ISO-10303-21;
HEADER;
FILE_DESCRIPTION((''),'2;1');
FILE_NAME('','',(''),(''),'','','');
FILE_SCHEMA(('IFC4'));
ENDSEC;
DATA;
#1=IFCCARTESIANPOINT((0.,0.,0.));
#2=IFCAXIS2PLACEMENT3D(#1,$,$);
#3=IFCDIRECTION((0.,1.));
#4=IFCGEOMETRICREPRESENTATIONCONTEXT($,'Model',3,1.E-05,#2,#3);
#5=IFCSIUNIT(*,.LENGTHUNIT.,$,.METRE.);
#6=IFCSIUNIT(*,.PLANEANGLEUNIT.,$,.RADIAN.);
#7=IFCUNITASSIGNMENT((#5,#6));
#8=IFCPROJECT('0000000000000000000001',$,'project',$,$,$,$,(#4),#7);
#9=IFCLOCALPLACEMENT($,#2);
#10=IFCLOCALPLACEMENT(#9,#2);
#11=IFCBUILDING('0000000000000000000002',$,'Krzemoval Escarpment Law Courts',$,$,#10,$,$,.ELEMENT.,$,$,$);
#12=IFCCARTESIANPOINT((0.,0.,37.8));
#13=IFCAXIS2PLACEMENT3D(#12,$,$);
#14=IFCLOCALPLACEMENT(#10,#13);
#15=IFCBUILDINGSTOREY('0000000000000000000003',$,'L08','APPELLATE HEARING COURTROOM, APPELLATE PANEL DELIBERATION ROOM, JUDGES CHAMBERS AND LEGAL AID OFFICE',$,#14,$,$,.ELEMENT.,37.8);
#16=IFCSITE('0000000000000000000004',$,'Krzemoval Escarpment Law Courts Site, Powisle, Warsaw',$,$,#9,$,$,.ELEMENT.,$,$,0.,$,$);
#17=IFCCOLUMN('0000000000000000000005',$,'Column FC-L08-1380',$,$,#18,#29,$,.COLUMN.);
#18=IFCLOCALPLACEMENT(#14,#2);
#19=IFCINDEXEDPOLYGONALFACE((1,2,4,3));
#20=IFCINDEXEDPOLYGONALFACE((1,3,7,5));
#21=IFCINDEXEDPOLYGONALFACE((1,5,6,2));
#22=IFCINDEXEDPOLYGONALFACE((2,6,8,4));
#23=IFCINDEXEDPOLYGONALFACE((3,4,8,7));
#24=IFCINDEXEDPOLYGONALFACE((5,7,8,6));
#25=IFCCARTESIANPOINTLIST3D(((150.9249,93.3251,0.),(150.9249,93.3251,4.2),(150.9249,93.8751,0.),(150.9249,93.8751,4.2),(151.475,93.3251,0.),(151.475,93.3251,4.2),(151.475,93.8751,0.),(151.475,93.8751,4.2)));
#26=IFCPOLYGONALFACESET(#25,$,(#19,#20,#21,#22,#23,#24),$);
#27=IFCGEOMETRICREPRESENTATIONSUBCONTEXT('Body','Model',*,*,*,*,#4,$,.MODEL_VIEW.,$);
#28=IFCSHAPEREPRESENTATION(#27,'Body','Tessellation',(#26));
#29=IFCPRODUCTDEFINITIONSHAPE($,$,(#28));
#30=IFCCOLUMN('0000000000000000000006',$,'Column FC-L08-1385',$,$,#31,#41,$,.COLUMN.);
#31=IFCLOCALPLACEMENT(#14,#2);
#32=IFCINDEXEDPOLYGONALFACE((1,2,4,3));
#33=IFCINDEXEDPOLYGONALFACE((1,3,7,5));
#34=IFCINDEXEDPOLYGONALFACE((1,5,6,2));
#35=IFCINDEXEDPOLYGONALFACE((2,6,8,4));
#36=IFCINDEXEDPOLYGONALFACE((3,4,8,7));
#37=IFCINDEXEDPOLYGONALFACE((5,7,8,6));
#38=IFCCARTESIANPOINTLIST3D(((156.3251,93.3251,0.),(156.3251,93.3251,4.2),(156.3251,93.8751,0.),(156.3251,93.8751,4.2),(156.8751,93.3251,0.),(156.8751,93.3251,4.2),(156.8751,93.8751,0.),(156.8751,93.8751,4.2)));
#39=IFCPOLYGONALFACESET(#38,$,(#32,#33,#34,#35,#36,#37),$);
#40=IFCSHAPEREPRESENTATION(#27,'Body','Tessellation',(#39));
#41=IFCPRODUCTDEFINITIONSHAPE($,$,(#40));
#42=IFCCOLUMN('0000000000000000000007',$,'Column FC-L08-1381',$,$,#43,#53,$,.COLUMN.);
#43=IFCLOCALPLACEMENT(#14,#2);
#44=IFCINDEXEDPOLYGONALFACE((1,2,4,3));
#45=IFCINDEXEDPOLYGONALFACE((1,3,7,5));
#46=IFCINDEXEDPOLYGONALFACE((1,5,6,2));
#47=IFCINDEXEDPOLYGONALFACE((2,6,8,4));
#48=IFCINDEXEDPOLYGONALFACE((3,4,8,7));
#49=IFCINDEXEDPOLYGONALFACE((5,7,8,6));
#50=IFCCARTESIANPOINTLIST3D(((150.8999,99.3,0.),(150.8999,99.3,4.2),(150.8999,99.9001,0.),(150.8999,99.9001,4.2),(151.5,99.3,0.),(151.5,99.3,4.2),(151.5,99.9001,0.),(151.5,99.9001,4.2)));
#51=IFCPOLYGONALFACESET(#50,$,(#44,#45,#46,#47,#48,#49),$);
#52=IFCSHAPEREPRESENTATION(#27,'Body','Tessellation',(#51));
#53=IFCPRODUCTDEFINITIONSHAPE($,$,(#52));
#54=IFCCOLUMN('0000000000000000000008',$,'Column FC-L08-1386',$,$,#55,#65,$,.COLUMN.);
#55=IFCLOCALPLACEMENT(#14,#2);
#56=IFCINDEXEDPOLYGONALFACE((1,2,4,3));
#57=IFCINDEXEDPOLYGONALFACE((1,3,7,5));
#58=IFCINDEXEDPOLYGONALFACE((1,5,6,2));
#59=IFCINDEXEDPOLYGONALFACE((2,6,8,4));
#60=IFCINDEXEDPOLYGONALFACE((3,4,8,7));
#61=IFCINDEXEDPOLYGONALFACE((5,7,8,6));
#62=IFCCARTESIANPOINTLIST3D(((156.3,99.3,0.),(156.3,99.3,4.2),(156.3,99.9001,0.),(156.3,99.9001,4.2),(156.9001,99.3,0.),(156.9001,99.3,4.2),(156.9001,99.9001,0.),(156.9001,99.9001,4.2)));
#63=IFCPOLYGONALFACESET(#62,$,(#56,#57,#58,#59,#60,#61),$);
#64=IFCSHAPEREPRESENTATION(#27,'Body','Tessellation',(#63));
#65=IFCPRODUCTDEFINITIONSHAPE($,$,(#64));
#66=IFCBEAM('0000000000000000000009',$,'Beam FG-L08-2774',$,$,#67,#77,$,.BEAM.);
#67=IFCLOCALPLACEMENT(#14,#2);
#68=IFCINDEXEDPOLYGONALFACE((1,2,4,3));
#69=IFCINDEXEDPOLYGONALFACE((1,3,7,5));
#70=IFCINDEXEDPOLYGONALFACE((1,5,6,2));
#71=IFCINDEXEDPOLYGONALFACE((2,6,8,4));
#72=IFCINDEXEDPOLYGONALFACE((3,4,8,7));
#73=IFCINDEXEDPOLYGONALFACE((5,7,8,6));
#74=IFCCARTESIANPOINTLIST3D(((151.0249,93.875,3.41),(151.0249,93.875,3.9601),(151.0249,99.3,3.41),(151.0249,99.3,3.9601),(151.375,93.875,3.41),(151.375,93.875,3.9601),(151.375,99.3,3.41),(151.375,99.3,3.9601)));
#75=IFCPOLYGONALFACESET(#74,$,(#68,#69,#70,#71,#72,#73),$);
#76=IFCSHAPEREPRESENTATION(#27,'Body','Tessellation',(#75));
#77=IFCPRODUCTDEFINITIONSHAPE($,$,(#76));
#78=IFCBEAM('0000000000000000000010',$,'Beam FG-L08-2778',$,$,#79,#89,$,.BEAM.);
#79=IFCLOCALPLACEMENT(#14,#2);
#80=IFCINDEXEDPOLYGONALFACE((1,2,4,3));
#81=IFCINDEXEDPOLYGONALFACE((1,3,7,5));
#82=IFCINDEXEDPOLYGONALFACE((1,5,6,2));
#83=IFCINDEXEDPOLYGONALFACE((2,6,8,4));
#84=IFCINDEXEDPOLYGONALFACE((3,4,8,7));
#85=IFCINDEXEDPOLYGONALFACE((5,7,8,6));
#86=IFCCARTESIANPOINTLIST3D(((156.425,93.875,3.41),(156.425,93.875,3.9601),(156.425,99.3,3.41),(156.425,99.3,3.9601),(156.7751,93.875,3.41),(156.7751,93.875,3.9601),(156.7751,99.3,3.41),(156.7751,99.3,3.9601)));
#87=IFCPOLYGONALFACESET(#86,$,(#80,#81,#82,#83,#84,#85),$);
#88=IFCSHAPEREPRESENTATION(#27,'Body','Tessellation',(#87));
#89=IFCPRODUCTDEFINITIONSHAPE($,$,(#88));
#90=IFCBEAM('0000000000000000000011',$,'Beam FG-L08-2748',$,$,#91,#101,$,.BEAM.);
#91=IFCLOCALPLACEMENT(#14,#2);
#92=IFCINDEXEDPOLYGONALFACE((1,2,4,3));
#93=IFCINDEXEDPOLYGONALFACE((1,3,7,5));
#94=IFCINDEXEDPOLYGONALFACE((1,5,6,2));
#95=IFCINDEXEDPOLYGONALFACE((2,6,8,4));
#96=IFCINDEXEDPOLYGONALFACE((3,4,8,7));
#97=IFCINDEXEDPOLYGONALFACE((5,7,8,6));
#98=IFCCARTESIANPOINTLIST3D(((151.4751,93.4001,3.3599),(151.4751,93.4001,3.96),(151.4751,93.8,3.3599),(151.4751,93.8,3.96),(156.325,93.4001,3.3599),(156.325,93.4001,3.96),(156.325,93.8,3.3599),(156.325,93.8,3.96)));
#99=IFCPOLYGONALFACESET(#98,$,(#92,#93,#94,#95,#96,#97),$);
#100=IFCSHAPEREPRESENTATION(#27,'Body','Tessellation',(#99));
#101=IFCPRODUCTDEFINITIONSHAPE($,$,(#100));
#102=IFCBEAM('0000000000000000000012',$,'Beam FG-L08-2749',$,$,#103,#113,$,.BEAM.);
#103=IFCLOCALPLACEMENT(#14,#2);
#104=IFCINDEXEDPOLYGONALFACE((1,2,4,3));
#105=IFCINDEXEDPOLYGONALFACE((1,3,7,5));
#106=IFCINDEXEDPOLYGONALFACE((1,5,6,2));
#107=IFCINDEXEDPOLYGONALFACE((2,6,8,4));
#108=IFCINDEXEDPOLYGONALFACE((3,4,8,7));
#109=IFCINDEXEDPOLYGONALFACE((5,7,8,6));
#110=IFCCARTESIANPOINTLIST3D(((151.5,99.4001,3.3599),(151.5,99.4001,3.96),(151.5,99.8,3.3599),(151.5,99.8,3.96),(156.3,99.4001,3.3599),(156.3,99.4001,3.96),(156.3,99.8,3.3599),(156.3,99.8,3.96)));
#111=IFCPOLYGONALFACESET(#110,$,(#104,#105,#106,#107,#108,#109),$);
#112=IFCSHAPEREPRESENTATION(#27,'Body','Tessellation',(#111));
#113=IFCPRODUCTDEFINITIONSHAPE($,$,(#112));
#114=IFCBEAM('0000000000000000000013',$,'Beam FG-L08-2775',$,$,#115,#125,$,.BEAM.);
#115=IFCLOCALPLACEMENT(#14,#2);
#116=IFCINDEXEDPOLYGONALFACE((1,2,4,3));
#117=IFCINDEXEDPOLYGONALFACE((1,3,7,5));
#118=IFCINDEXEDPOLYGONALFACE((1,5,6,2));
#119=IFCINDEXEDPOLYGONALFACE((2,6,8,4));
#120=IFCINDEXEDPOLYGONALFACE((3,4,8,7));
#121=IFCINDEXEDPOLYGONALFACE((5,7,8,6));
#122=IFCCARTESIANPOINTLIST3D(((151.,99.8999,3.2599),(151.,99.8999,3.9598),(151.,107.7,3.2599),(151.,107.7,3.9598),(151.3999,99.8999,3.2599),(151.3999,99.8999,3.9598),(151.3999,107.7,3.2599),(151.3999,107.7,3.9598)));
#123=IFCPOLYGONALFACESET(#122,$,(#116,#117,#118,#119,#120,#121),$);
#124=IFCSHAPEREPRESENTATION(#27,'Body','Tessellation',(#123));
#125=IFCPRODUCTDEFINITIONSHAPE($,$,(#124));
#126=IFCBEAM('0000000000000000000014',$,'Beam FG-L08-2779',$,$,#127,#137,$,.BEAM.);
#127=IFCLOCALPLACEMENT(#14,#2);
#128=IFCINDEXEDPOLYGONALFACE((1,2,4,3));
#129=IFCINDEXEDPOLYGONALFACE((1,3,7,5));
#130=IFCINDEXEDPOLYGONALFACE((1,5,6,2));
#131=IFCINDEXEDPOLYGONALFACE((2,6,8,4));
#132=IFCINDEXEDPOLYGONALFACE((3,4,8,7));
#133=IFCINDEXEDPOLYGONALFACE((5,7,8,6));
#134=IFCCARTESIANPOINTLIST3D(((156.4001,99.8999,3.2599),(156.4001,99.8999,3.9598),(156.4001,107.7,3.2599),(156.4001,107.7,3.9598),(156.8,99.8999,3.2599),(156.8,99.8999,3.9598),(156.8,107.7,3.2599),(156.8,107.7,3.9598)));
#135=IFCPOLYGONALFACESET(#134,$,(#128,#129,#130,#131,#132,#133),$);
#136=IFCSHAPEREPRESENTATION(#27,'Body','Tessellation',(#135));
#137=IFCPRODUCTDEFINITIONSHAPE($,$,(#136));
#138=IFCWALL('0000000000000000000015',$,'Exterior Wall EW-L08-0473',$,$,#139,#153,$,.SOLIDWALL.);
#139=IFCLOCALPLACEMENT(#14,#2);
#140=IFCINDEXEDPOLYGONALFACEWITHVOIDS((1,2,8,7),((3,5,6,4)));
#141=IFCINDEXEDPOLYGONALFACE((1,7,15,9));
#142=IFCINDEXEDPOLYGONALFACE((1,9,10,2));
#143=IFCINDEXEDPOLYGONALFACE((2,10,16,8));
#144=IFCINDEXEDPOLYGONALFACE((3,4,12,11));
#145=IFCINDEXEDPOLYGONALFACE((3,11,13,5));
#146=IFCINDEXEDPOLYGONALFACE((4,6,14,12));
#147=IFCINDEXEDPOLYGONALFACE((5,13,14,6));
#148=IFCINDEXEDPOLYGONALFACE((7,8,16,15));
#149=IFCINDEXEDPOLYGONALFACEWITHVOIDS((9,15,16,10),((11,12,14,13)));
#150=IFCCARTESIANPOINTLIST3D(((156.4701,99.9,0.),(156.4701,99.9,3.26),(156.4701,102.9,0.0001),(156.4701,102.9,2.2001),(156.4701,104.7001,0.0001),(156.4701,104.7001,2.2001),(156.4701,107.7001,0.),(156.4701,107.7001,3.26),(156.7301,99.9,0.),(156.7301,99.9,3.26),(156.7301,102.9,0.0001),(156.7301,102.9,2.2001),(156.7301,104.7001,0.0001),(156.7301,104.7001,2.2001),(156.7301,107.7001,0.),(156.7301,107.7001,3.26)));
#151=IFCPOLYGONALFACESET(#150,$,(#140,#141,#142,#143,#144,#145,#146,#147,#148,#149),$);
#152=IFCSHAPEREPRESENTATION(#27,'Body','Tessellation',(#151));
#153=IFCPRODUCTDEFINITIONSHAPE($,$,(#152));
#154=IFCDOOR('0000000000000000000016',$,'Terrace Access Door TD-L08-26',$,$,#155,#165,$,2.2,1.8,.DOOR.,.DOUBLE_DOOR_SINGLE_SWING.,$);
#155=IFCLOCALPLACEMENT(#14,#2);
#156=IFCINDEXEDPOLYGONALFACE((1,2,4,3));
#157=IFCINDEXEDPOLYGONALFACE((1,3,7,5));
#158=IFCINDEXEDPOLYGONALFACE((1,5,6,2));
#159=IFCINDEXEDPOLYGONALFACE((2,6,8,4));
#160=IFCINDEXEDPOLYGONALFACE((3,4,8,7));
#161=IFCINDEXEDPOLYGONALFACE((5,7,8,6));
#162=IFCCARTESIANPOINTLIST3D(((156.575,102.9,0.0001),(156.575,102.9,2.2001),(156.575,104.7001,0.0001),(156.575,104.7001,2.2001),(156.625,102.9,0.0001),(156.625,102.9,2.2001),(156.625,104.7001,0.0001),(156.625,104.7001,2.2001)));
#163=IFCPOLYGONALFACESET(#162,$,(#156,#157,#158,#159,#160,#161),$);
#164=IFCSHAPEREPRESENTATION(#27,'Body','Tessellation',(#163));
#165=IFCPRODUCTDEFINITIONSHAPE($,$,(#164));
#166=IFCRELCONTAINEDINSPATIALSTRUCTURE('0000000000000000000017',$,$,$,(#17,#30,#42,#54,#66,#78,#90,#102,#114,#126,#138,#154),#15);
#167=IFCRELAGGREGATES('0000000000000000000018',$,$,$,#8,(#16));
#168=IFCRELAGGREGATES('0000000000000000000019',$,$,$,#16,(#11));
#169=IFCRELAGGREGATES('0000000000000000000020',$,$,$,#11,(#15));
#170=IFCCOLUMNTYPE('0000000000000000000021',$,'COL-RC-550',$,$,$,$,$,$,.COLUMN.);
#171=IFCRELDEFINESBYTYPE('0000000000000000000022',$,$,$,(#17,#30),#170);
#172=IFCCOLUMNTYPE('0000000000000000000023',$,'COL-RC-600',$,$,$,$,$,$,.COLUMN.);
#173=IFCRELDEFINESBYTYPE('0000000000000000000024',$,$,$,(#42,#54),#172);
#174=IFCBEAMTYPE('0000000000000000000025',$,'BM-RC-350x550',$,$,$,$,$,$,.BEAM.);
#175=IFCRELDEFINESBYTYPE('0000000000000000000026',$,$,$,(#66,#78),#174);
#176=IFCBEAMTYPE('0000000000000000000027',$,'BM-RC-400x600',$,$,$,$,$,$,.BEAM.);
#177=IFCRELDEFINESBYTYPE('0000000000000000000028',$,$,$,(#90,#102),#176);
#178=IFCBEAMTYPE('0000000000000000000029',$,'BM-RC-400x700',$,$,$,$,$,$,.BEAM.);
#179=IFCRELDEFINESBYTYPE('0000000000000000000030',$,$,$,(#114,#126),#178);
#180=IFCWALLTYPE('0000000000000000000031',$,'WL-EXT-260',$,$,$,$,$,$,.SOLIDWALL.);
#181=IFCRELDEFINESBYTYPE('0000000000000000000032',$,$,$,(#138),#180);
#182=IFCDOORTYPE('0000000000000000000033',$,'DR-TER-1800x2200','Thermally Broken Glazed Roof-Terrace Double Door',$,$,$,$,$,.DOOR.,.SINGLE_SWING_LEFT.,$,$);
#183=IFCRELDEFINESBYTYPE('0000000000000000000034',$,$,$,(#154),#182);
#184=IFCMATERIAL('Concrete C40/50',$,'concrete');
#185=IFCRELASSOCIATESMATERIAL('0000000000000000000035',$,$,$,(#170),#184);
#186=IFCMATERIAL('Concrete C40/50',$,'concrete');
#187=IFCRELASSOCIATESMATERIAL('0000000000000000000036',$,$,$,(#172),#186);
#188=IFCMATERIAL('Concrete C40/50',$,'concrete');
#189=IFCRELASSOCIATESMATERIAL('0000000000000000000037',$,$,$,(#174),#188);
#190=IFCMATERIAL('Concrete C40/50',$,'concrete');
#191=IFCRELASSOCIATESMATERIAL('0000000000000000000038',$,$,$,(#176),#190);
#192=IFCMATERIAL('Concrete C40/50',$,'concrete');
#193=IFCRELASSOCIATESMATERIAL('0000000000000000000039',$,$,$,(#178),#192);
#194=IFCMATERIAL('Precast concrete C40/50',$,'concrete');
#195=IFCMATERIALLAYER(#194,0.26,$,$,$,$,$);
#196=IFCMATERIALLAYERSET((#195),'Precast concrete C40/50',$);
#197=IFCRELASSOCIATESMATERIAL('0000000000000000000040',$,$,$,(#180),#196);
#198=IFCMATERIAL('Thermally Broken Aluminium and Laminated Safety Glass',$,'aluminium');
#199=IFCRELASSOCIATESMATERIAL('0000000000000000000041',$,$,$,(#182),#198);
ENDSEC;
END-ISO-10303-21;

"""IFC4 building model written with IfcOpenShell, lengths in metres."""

from ifc_helpers import new_model, si_unit, direction, frame, frame_2d, origin, origin_2d, place, context, subcontext, project, spatial, rectangle, extrude, material, layer, layer_set, material_profile, profile_set, type_object, element, fill, save


model = new_model("IFC4")

# Units and contexts
model_context = context("Model", 3, precision=1e-05, world=origin(), true_north=direction((0.0, 1.0)))
body_context = subcontext(model_context, "Body", "Model", "MODEL_VIEW")
ifc_project = project(units=[si_unit("LENGTHUNIT", "METRE"), si_unit("PLANEANGLEUNIT", "RADIAN")], contexts=[model_context])

# Site, building, storey
site_placement = place(None, origin())
site = spatial("IfcSite", under=ifc_project, at=site_placement, Name="Krzemoval Escarpment Law Courts Site, Powisle, Warsaw", CompositionType="ELEMENT", RefElevation=0.0)
building_placement = place(site_placement, origin())
building = spatial("IfcBuilding", under=site, at=building_placement, Name="Krzemoval Escarpment Law Courts", CompositionType="ELEMENT")
storey_placement = place(building_placement, frame((0.0, 0.0, 37.8)))
storey = spatial("IfcBuildingStorey", under=building, at=storey_placement, Name="L08", Description="APPELLATE HEARING COURTROOM, APPELLATE PANEL DELIBERATION ROOM, JUDGES CHAMBERS AND LEGAL AID OFFICE", CompositionType="ELEMENT", Elevation=37.8)

# Columns
ifc_material_1 = material(Name="Concrete C40/50", Category="concrete")
ifc_material_profile_1 = material_profile(ifc_material_1, rectangle(XDim=0.55, YDim=0.55, at=origin_2d()), Name="RC 550x550")
ifc_profile_set_1 = profile_set([ifc_material_profile_1], Name="Concrete C40/50")
column_type_1 = type_object("IfcColumnType", Name="COL-RC-550", PredefinedType="COLUMN", material=ifc_profile_set_1)
for number, where, z_axis, x_axis, name in (
    (1, (151.2, 93.6001, 0.0), (0.0, 0.0, 1.0), (1.0, 0.0, 0.0), "Column FC-L08-1380"),
    (2, (156.6001, 93.6001, 0.0), (0.0, 0.0, 1.0), (1.0, 0.0, 0.0), "Column FC-L08-1385"),
):
    element("IfcColumn", number, at=place(storey_placement, frame(where, z_axis=z_axis, x_axis=x_axis)), inside=storey, type_object=column_type_1, Name=name, PredefinedType="COLUMN", context=body_context, shape_type="SweptSolid", body=[
        extrude(rectangle(XDim=0.55, YDim=0.55, at=origin_2d()), origin(), (0.0, 0.0, 1.0), 4.2),
    ])
ifc_material_2 = material(Name="Concrete C40/50", Category="concrete")
ifc_material_profile_2 = material_profile(ifc_material_2, rectangle(XDim=0.6001, YDim=0.6001, at=origin_2d()), Name="RC 600x600")
ifc_profile_set_2 = profile_set([ifc_material_profile_2], Name="Concrete C40/50")
column_type_2 = type_object("IfcColumnType", Name="COL-RC-600", PredefinedType="COLUMN", material=ifc_profile_set_2)
for number, where, z_axis, x_axis, name in (
    (3, (151.2, 99.6001, 0.0), (0.0, 0.0, 1.0), (1.0, 0.0, 0.0), "Column FC-L08-1381"),
    (4, (156.6001, 99.6001, 0.0), (0.0, 0.0, 1.0), (1.0, 0.0, 0.0), "Column FC-L08-1386"),
):
    element("IfcColumn", number, at=place(storey_placement, frame(where, z_axis=z_axis, x_axis=x_axis)), inside=storey, type_object=column_type_2, Name=name, PredefinedType="COLUMN", context=body_context, shape_type="SweptSolid", body=[
        extrude(rectangle(XDim=0.6001, YDim=0.6001, at=origin_2d()), origin(), (0.0, 0.0, 1.0), 4.2),
    ])

# Beams
ifc_material_3 = material(Name="Concrete C40/50", Category="concrete")
ifc_material_profile_3 = material_profile(ifc_material_3, rectangle(XDim=0.3501, YDim=0.55, at=origin_2d()), Name="RCB 350x550")
ifc_profile_set_3 = profile_set([ifc_material_profile_3], Name="Concrete C40/50")
beam_type_1 = type_object("IfcBeamType", Name="BM-RC-350x550", PredefinedType="BEAM", material=ifc_profile_set_3)
for number, where, z_axis, x_axis, name in (
    (5, (151.2, 93.875, 3.6851), (0.0, 1.0, 0.0), (-1.0, 0.0, 0.0), "Beam FG-L08-2774"),
    (6, (156.6001, 93.875, 3.6851), (0.0, 1.0, 0.0), (-1.0, 0.0, 0.0), "Beam FG-L08-2778"),
):
    element("IfcBeam", number, at=place(storey_placement, frame(where, z_axis=z_axis, x_axis=x_axis)), inside=storey, type_object=beam_type_1, Name=name, PredefinedType="BEAM", context=body_context, shape_type="SweptSolid", body=[
        extrude(rectangle(XDim=0.3501, YDim=0.55, at=origin_2d()), origin(), (0.0, 0.0, 1.0), 5.425),
    ])
ifc_material_4 = material(Name="Concrete C40/50", Category="concrete")
ifc_material_profile_4 = material_profile(ifc_material_4, rectangle(XDim=0.3999, YDim=0.6001, at=origin_2d()), Name="RCB 400x600")
ifc_profile_set_4 = profile_set([ifc_material_profile_4], Name="Concrete C40/50")
beam_type_2 = type_object("IfcBeamType", Name="BM-RC-400x600", PredefinedType="BEAM", material=ifc_profile_set_4)
beam_1_placement = place(storey_placement, frame((151.4751, 93.6001, 3.6599), z_axis=(1.0, 0.0, 0.0), x_axis=(0.0, 1.0, 0.0)))
element("IfcBeam", 7, at=beam_1_placement, inside=storey, type_object=beam_type_2, Name="Beam FG-L08-2748", PredefinedType="BEAM", context=body_context, shape_type="SweptSolid", body=[
    extrude(rectangle(XDim=0.3999, YDim=0.6001, at=origin_2d()), origin(), (0.0, 0.0, 1.0), 4.8499),
])
beam_2_placement = place(storey_placement, frame((151.5, 99.6001, 3.6599), z_axis=(1.0, 0.0, 0.0), x_axis=(0.0, 1.0, 0.0)))
element("IfcBeam", 8, at=beam_2_placement, inside=storey, type_object=beam_type_2, Name="Beam FG-L08-2749", PredefinedType="BEAM", context=body_context, shape_type="SweptSolid", body=[
    extrude(rectangle(XDim=0.3999, YDim=0.6001, at=origin_2d()), origin(), (0.0, 0.0, 1.0), 4.8),
])
ifc_material_5 = material(Name="Concrete C40/50", Category="concrete")
ifc_material_profile_5 = material_profile(ifc_material_5, rectangle(XDim=0.3999, YDim=0.7, at=origin_2d()), Name="RCB 400x700")
ifc_profile_set_5 = profile_set([ifc_material_profile_5], Name="Concrete C40/50")
beam_type_3 = type_object("IfcBeamType", Name="BM-RC-400x700", PredefinedType="BEAM", material=ifc_profile_set_5)
for number, where, z_axis, x_axis, name in (
    (9, (151.2, 99.8999, 3.6099), (0.0, 1.0, 0.0), (-1.0, 0.0, 0.0), "Beam FG-L08-2775"),
    (10, (156.6001, 99.8999, 3.6099), (0.0, 1.0, 0.0), (-1.0, 0.0, 0.0), "Beam FG-L08-2779"),
):
    element("IfcBeam", number, at=place(storey_placement, frame(where, z_axis=z_axis, x_axis=x_axis)), inside=storey, type_object=beam_type_3, Name=name, PredefinedType="BEAM", context=body_context, shape_type="SweptSolid", body=[
        extrude(rectangle(XDim=0.3999, YDim=0.7, at=origin_2d()), origin(), (0.0, 0.0, 1.0), 7.8),
    ])

# Wall, opening, door
ifc_material_6 = material(Name="Precast concrete C40/50", Category="concrete")
ifc_layer_1 = layer(ifc_material_6, 0.26)
ifc_layer_set_1 = layer_set([ifc_layer_1], Name="Precast concrete C40/50")
wall_type_1 = type_object("IfcWallType", Name="WL-EXT-260", PredefinedType="SOLIDWALL", material=ifc_layer_set_1)
wall_1_placement = place(storey_placement, frame((156.6001, 107.7, 0.0), z_axis=(0.0, 0.0, 1.0), x_axis=(0.0, -1.0, 0.0)))
wall_1 = element("IfcWall", 11, at=wall_1_placement, inside=storey, type_object=wall_type_1, Name="Exterior Wall EW-L08-0473", PredefinedType="SOLIDWALL", context=body_context, shape_type="SweptSolid", body=[
    extrude(rectangle(XDim=7.8, YDim=0.26, at=frame_2d((3.8999, 0.0))), origin(), (0.0, 0.0, 1.0), 3.26),
])
opening_1_placement = place(wall_1_placement, frame((3.0, 0.0, 0.0)))
opening_1 = element("IfcOpeningElement", 12, at=opening_1_placement, cuts=wall_1, PredefinedType="OPENING", context=body_context, shape_type="SweptSolid", body=[
    extrude(rectangle(XDim=1.8, YDim=2.2, at=frame_2d((0.8999, 1.1001))), frame((0.0, 0.145, 0.0), z_axis=(0.0, -1.0, 0.0), x_axis=(1.0, 0.0, 0.0)), (0.0, 0.0, 1.0), 0.29),
])
ifc_material_7 = material(Name="Thermally Broken Aluminium and Laminated Safety Glass", Category="aluminium")
door_type = type_object("IfcDoorType", Name="DR-TER-1800x2200", Description="Thermally Broken Glazed Roof-Terrace Double Door", OperationType="SINGLE_SWING_LEFT", PredefinedType="DOOR", material=ifc_material_7)
door_placement = place(opening_1_placement, origin())
door = element("IfcDoor", 13, at=door_placement, inside=storey, type_object=door_type, Name="Terrace Access Door TD-L08-26", OperationType="DOUBLE_DOOR_SINGLE_SWING", OverallHeight=2.2, OverallWidth=1.8, PredefinedType="DOOR", context=body_context, shape_type="SweptSolid", body=[
    extrude(rectangle(XDim=1.8, YDim=2.2, at=frame_2d((0.8999, 1.1001))), frame((0.0, 0.0249, 0.0), z_axis=(0.0, -1.0, 0.0), x_axis=(1.0, 0.0, 0.0)), (0.0, 0.0, 1.0), 0.05),
])
fill(opening_1, door)

save(model, "model.ifc")
